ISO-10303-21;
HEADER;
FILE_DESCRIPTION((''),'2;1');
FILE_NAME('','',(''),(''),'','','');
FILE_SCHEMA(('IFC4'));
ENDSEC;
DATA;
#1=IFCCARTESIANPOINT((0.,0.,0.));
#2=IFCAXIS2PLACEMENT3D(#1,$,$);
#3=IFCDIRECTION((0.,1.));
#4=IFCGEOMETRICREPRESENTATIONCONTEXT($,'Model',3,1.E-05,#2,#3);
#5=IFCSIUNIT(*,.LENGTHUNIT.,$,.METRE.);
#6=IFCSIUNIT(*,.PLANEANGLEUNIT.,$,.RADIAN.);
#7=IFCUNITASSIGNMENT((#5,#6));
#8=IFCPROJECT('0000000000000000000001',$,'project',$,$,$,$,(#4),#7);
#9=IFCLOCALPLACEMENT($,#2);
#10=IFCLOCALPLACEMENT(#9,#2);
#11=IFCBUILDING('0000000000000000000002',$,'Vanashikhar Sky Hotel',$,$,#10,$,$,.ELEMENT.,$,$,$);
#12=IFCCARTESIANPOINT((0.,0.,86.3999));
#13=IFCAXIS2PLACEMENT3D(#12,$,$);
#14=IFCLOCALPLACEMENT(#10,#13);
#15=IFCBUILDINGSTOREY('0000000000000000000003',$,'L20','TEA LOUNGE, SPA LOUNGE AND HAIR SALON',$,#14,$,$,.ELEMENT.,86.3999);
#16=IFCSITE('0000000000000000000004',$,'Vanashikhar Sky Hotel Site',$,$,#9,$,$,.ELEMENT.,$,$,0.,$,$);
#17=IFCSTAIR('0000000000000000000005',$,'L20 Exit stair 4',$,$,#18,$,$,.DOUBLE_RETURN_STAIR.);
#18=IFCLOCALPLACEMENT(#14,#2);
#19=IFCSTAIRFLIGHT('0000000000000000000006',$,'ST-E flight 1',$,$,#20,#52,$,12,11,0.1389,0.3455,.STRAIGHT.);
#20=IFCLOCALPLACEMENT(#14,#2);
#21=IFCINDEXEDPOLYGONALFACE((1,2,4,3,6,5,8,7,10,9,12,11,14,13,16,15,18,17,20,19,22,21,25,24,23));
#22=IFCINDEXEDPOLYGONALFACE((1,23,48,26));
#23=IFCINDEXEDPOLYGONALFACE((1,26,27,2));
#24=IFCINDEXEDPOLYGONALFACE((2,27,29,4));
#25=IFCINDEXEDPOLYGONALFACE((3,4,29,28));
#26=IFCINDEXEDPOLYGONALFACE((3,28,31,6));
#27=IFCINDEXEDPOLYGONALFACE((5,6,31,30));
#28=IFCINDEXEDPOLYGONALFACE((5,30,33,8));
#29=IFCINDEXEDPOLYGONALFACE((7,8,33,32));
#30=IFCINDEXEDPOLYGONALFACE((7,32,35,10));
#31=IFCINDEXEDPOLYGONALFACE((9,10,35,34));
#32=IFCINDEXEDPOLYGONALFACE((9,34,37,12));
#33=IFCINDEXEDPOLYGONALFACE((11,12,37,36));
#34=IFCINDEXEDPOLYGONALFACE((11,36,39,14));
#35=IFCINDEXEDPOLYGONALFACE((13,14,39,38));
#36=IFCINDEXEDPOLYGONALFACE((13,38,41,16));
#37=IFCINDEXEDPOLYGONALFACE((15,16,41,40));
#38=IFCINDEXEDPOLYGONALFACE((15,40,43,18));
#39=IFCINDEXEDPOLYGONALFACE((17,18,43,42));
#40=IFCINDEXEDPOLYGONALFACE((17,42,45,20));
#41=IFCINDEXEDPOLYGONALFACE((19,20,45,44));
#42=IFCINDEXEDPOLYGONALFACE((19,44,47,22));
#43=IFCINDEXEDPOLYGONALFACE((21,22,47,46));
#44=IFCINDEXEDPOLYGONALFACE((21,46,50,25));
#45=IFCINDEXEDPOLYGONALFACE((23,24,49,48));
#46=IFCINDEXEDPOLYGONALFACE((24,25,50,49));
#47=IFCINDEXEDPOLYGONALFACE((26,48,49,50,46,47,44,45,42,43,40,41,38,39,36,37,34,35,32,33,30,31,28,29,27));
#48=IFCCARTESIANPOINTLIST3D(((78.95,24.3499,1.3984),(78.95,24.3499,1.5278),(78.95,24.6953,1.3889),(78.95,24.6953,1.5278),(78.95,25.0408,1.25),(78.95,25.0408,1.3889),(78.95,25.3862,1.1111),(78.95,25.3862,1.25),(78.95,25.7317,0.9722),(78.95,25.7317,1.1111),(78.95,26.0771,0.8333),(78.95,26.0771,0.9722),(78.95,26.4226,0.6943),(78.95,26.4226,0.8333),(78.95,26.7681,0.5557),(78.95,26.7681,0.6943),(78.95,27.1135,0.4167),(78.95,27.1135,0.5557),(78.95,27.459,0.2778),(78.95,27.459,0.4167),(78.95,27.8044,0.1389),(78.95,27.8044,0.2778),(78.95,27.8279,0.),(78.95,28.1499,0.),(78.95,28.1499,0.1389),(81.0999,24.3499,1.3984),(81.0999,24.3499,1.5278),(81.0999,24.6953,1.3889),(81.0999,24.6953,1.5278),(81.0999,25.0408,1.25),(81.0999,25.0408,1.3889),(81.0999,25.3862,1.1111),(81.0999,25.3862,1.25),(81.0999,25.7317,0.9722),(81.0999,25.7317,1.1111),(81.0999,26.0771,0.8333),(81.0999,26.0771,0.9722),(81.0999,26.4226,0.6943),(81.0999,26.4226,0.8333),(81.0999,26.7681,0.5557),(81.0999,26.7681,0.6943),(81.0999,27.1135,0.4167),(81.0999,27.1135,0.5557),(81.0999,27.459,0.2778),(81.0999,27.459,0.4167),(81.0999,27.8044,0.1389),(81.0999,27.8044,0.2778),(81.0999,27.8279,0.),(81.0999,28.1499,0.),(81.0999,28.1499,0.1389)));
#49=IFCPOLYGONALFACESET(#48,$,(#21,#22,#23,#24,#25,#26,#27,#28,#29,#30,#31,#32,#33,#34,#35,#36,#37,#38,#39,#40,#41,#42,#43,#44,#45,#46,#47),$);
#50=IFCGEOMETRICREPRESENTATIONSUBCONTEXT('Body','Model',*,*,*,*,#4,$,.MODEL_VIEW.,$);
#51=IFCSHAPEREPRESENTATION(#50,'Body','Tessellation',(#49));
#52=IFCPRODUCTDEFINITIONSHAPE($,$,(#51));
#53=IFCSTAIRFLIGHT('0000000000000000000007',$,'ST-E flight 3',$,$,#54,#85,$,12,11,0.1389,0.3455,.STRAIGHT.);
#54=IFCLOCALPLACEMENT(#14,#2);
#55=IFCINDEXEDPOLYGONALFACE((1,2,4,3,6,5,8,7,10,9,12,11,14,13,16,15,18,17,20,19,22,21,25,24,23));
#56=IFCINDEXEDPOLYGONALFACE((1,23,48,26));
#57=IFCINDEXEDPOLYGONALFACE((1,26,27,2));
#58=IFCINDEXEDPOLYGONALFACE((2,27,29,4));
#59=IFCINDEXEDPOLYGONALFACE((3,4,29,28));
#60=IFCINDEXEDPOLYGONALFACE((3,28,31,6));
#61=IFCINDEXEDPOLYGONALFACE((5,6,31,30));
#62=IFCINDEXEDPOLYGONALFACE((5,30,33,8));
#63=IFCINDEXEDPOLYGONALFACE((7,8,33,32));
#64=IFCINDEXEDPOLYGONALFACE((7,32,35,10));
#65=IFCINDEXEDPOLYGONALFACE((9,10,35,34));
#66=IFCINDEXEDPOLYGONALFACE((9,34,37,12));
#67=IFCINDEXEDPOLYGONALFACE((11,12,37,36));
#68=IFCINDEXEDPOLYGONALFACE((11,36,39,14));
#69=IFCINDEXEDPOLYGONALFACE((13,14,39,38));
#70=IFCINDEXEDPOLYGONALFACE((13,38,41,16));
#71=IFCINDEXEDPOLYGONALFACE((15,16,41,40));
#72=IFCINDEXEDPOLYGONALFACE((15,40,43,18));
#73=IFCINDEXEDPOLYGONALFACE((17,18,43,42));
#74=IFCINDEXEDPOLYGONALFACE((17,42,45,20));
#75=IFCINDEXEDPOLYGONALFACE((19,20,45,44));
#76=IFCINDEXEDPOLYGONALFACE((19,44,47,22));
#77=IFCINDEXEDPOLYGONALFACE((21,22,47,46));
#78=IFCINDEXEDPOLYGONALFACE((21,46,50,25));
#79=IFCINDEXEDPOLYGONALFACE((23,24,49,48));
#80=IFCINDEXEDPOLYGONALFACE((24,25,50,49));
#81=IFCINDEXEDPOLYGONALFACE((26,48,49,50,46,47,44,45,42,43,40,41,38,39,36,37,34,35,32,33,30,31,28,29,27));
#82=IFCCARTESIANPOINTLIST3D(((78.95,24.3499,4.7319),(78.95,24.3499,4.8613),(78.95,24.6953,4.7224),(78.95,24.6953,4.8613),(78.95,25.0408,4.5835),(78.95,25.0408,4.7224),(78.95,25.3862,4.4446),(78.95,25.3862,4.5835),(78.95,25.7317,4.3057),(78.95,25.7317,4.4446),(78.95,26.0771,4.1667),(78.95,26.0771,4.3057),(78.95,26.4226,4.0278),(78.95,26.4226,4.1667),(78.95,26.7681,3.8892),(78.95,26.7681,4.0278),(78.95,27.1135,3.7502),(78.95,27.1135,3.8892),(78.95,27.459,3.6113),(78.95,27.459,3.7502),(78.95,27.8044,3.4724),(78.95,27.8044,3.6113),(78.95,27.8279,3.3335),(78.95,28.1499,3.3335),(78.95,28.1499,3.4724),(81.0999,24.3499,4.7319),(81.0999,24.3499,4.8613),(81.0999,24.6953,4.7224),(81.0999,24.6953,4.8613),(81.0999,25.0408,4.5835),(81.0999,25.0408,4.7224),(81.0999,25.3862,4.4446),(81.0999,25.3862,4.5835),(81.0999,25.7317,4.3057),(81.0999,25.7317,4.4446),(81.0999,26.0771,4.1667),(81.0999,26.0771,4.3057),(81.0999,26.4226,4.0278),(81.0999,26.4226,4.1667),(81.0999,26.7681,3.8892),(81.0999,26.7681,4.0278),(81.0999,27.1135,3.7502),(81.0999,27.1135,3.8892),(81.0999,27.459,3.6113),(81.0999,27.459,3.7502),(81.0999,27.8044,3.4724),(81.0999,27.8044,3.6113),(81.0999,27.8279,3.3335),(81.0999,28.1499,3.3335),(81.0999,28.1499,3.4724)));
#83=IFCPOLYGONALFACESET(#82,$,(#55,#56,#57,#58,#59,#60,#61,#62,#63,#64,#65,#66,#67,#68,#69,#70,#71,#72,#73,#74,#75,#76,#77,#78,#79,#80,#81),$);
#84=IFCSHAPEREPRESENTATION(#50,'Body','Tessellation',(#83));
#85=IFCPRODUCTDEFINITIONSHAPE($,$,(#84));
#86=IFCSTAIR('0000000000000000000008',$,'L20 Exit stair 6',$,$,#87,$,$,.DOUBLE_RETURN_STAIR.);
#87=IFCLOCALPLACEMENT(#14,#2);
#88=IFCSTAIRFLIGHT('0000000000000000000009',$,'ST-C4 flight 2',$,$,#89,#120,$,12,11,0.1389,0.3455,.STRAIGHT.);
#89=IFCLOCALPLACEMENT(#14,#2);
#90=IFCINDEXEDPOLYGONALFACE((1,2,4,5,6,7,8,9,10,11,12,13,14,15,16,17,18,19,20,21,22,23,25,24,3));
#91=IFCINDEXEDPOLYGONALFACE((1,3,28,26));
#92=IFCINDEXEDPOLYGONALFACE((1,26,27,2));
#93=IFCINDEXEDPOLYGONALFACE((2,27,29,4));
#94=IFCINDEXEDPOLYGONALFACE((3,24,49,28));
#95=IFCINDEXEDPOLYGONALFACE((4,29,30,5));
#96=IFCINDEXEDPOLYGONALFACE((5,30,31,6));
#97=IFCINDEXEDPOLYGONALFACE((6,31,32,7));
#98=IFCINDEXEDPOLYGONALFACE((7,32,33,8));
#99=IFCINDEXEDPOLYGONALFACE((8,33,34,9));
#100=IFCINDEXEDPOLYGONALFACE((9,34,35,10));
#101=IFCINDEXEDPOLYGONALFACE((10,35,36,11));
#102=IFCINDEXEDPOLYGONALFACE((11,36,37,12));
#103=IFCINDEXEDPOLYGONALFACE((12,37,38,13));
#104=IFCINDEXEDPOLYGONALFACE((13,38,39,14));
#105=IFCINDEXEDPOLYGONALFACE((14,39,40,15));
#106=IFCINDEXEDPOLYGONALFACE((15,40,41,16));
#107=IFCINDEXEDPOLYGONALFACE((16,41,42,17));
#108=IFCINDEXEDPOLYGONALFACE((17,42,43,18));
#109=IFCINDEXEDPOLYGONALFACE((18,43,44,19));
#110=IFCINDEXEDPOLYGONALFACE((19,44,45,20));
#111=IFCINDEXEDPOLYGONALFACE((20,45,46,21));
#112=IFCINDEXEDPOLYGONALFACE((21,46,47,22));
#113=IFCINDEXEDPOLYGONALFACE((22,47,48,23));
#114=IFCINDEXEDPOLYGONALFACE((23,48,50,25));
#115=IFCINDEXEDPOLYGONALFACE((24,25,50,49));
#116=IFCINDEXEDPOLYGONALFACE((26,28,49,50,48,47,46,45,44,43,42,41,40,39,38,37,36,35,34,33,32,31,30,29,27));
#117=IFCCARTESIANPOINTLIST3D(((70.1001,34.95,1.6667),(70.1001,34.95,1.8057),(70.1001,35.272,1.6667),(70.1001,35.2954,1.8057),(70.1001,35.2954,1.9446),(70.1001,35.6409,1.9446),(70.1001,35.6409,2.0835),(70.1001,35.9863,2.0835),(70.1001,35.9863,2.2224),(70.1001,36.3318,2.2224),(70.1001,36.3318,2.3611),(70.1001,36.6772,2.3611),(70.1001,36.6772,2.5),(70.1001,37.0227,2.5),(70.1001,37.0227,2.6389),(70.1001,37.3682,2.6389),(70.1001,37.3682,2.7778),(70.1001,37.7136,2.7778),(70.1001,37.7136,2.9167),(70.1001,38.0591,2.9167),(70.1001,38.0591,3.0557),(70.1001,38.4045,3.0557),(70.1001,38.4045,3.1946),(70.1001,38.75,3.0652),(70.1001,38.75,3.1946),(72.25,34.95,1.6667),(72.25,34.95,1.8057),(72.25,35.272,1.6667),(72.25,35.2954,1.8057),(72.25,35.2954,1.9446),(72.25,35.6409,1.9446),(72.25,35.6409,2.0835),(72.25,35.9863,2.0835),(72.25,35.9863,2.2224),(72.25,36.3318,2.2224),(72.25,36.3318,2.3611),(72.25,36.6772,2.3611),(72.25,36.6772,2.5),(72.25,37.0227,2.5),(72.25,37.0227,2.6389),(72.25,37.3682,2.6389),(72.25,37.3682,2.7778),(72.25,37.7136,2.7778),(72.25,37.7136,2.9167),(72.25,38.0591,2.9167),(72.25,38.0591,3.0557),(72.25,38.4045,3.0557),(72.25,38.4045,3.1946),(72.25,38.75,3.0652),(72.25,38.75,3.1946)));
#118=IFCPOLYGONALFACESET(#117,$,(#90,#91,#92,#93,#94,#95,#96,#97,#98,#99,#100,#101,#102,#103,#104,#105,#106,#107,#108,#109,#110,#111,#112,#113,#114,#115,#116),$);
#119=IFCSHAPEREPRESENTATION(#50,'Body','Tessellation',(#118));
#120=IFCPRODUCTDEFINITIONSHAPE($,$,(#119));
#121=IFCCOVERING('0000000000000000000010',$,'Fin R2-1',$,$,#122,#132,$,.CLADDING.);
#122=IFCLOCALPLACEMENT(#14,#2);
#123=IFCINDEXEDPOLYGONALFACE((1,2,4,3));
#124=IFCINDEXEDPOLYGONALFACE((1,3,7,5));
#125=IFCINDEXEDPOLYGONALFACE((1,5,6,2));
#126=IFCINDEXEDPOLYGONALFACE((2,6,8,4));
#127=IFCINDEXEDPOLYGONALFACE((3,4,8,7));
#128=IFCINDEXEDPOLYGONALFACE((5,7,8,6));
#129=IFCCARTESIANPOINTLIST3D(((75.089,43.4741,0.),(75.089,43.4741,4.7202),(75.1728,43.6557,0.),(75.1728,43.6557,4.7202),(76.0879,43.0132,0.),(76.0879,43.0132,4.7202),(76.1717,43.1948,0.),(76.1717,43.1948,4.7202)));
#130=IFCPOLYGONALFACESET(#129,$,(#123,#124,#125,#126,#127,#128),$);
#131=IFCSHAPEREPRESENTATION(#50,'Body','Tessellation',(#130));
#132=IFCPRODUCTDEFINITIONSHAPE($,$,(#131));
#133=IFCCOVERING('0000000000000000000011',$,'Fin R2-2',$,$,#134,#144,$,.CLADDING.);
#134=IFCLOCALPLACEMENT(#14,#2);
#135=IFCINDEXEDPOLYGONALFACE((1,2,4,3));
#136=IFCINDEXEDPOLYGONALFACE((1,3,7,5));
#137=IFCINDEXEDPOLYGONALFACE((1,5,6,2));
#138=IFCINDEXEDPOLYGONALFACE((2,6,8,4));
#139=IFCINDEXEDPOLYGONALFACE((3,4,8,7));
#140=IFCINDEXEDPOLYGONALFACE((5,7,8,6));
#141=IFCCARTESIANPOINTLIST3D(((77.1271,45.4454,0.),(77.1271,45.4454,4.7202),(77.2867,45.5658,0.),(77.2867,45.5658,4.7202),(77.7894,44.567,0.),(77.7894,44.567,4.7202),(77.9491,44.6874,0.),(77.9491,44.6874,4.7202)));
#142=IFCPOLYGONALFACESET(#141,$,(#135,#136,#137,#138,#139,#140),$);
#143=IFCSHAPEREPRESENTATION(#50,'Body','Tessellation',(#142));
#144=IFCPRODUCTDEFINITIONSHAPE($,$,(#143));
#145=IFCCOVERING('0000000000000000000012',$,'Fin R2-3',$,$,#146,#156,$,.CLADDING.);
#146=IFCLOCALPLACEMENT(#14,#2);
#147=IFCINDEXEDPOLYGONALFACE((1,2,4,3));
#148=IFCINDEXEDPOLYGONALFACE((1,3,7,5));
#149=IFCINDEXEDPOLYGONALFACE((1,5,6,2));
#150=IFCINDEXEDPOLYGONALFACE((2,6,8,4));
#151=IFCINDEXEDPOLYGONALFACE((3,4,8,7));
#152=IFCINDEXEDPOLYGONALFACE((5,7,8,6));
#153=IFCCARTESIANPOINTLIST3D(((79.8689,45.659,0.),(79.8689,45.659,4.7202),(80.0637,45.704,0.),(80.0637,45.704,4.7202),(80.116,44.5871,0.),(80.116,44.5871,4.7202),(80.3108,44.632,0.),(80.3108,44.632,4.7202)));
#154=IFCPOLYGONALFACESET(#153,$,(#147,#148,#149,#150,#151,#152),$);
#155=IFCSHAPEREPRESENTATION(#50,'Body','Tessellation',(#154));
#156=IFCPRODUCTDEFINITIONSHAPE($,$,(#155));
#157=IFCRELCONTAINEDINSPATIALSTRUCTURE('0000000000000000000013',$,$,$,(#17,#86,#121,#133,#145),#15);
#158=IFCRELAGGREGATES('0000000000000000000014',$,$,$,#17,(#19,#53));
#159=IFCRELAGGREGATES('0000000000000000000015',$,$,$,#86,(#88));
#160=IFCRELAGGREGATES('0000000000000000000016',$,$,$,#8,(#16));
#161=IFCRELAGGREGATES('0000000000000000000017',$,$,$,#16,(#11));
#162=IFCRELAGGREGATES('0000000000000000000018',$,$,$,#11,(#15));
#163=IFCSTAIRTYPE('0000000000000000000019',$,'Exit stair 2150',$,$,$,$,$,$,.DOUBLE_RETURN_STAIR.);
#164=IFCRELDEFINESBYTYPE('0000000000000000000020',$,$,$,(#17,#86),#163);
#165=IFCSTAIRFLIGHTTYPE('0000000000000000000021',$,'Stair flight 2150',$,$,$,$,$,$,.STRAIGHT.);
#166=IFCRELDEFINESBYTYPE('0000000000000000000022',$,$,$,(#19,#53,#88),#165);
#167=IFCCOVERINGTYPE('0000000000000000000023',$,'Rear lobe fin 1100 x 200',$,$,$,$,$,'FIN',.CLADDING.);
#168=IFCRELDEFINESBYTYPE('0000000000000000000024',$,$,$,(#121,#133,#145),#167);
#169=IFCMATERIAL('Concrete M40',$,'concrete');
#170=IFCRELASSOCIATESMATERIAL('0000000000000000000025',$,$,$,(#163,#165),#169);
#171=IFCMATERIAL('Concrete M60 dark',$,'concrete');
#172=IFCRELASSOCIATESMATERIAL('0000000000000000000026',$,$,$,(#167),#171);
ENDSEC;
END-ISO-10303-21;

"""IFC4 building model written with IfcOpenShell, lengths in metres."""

from ifc_helpers import new_model, si_unit, direction, frame, origin, origin_2d, place, context, subcontext, project, spatial, polyline, rectangle, outline, extrude, source, transform, mapped, material, material_profile, profile_set, type_object, element, aggregate, save


model = new_model("IFC4")

# Units and contexts
model_context = context("Model", 3, precision=1e-05, world=origin(), true_north=direction((0.0, 1.0)))
body_context = subcontext(model_context, "Body", "Model", "MODEL_VIEW")
ifc_project = project(units=[si_unit("LENGTHUNIT", "METRE"), si_unit("PLANEANGLEUNIT", "RADIAN")], contexts=[model_context])

# Site, building, storey
site_placement = place(None, origin())
site = spatial("IfcSite", under=ifc_project, at=site_placement, Name="Vanashikhar Sky Hotel Site", CompositionType="ELEMENT", RefElevation=0.0)
building_placement = place(site_placement, origin())
building = spatial("IfcBuilding", under=site, at=building_placement, Name="Vanashikhar Sky Hotel", CompositionType="ELEMENT")
storey_placement = place(building_placement, frame((0.0, 0.0, 86.3999)))
storey = spatial("IfcBuildingStorey", under=building, at=storey_placement, Name="L20", Description="TEA LOUNGE, SPA LOUNGE AND HAIR SALON", CompositionType="ELEMENT", Elevation=86.3999)

# Shared definitions
ifc_material_1 = material(Name="Concrete M40", Category="concrete")

# Stair, stair flights
stair_type = type_object("IfcStairType", Name="Exit stair 2150", PredefinedType="DOUBLE_RETURN_STAIR", material=ifc_material_1)
stair_1_placement = place(storey_placement, origin())
stair_1 = element("IfcStair", 1, at=stair_1_placement, inside=storey, type_object=stair_type, Name="L20 Exit stair 4", PredefinedType="DOUBLE_RETURN_STAIR")
stair_flight_type = type_object("IfcStairFlightType", Name="Stair flight 2150", PredefinedType="STRAIGHT", material=ifc_material_1)
shared_shape_1 = source(origin(), body_context, "Body", "SweptSolid", [
    extrude(outline(polyline([(0.0, 0.0), (0.0, 0.1389), (0.3455, 0.1389), (0.3455, 0.2778), (0.6909, 0.2778), (0.6909, 0.4167), (1.0364, 0.4167), (1.0364, 0.5557), (1.3818, 0.5557), (1.3818, 0.6943), (1.7273, 0.6943), (1.7273, 0.8333), (2.0728, 0.8333), (2.0728, 0.9722), (2.4182, 0.9722), (2.4182, 1.1111), (2.7637, 1.1111), (2.7637, 1.25), (3.1091, 1.25), (3.1091, 1.3889), (3.4546, 1.3889), (3.4546, 1.5278), (3.8, 1.5278), (3.8, 1.6667), (3.8, 1.3984), (0.322, 0.0), (0.0, 0.0)])), frame((0.0, 1.075, 0.0), z_axis=(0.0, -1.0, 0.0), x_axis=(1.0, 0.0, 0.0)), (0.0, 0.0, 1.0), 2.1499),
])
stair_flight_1_placement = place(storey_placement, frame((80.0249, 28.1499, 0.0), z_axis=(0.0, 0.0, 1.0), x_axis=(0.0, -1.0, 0.0)))
stair_flight_1 = element("IfcStairFlight", 2, at=stair_flight_1_placement, type_object=stair_flight_type, Name="ST-E flight 1", NumberOfRisers=12, NumberOfTreads=11, PredefinedType="STRAIGHT", RiserHeight=0.1389, TreadLength=0.3455, context=body_context, shape_type="MappedRepresentation", body=[
    mapped(shared_shape_1, transform((0.0, 0.0, 0.0), scale=1.0)),
])
stair_flight_2_placement = place(storey_placement, frame((80.0249, 28.1499, 3.3335), z_axis=(0.0, 0.0, 1.0), x_axis=(0.0, -1.0, 0.0)))
stair_flight_2 = element("IfcStairFlight", 3, at=stair_flight_2_placement, type_object=stair_flight_type, Name="ST-E flight 3", NumberOfRisers=12, NumberOfTreads=11, PredefinedType="STRAIGHT", RiserHeight=0.1389, TreadLength=0.3455, context=body_context, shape_type="MappedRepresentation", body=[
    mapped(shared_shape_1, transform((0.0, 0.0, 0.0), scale=1.0)),
])
aggregate(stair_1, [stair_flight_1, stair_flight_2])

# Stair, stair flight
stair_2_placement = place(storey_placement, origin())
stair_2 = element("IfcStair", 4, at=stair_2_placement, inside=storey, type_object=stair_type, Name="L20 Exit stair 6", PredefinedType="DOUBLE_RETURN_STAIR")
stair_flight_3_placement = place(storey_placement, frame((71.175, 34.95, 1.6667), z_axis=(0.0, 0.0, 1.0), x_axis=(0.0, 1.0, 0.0)))
stair_flight_3 = element("IfcStairFlight", 5, at=stair_flight_3_placement, type_object=stair_flight_type, Name="ST-C4 flight 2", NumberOfRisers=12, NumberOfTreads=11, PredefinedType="STRAIGHT", RiserHeight=0.1389, TreadLength=0.3455, context=body_context, shape_type="MappedRepresentation", body=[
    mapped(shared_shape_1, transform((0.0, 0.0, 0.0), scale=1.0)),
])
aggregate(stair_2, [stair_flight_3])

# Coverings
ifc_material_2 = material(Name="Concrete M60 dark", Category="concrete")
ifc_material_profile = material_profile(ifc_material_2, rectangle(XDim=1.1001, YDim=0.2, at=origin_2d()))
ifc_profile_set = profile_set([ifc_material_profile], Name="Rear lobe fin 1100 x 200")
covering_type = type_object("IfcCoveringType", Name="Rear lobe fin 1100 x 200", ElementType="FIN", PredefinedType="CLADDING", material=ifc_profile_set)
shared_shape_2 = source(origin(), body_context, "Body", "SweptSolid", [
    extrude(rectangle(XDim=1.1001, YDim=0.2, at=origin_2d()), origin(), (0.0, 0.0, 1.0), 4.7202),
])
for number, where, z_axis, x_axis, name in (
    (6, (75.6304, 43.3345, 0.0), (0.0, 0.0, 1.0), (-0.908004, 0.418961, 0.0), "Fin R2-1"),
    (7, (77.5381, 45.0664, 0.0), (0.0, 0.0, 1.0), (-0.602066, 0.798446, 0.0), "Fin R2-2"),
    (8, (80.0898, 45.1455, 0.0), (0.0, 0.0, 1.0), (-0.224645, 0.974441, 0.0), "Fin R2-3"),
):
    element("IfcCovering", number, at=place(storey_placement, frame(where, z_axis=z_axis, x_axis=x_axis)), inside=storey, type_object=covering_type, Name=name, PredefinedType="CLADDING", context=body_context, shape_type="MappedRepresentation", body=[
        mapped(shared_shape_2, transform((0.0, 0.0, 0.0), scale=1.0)),
    ])

save(model, "model.ifc")
